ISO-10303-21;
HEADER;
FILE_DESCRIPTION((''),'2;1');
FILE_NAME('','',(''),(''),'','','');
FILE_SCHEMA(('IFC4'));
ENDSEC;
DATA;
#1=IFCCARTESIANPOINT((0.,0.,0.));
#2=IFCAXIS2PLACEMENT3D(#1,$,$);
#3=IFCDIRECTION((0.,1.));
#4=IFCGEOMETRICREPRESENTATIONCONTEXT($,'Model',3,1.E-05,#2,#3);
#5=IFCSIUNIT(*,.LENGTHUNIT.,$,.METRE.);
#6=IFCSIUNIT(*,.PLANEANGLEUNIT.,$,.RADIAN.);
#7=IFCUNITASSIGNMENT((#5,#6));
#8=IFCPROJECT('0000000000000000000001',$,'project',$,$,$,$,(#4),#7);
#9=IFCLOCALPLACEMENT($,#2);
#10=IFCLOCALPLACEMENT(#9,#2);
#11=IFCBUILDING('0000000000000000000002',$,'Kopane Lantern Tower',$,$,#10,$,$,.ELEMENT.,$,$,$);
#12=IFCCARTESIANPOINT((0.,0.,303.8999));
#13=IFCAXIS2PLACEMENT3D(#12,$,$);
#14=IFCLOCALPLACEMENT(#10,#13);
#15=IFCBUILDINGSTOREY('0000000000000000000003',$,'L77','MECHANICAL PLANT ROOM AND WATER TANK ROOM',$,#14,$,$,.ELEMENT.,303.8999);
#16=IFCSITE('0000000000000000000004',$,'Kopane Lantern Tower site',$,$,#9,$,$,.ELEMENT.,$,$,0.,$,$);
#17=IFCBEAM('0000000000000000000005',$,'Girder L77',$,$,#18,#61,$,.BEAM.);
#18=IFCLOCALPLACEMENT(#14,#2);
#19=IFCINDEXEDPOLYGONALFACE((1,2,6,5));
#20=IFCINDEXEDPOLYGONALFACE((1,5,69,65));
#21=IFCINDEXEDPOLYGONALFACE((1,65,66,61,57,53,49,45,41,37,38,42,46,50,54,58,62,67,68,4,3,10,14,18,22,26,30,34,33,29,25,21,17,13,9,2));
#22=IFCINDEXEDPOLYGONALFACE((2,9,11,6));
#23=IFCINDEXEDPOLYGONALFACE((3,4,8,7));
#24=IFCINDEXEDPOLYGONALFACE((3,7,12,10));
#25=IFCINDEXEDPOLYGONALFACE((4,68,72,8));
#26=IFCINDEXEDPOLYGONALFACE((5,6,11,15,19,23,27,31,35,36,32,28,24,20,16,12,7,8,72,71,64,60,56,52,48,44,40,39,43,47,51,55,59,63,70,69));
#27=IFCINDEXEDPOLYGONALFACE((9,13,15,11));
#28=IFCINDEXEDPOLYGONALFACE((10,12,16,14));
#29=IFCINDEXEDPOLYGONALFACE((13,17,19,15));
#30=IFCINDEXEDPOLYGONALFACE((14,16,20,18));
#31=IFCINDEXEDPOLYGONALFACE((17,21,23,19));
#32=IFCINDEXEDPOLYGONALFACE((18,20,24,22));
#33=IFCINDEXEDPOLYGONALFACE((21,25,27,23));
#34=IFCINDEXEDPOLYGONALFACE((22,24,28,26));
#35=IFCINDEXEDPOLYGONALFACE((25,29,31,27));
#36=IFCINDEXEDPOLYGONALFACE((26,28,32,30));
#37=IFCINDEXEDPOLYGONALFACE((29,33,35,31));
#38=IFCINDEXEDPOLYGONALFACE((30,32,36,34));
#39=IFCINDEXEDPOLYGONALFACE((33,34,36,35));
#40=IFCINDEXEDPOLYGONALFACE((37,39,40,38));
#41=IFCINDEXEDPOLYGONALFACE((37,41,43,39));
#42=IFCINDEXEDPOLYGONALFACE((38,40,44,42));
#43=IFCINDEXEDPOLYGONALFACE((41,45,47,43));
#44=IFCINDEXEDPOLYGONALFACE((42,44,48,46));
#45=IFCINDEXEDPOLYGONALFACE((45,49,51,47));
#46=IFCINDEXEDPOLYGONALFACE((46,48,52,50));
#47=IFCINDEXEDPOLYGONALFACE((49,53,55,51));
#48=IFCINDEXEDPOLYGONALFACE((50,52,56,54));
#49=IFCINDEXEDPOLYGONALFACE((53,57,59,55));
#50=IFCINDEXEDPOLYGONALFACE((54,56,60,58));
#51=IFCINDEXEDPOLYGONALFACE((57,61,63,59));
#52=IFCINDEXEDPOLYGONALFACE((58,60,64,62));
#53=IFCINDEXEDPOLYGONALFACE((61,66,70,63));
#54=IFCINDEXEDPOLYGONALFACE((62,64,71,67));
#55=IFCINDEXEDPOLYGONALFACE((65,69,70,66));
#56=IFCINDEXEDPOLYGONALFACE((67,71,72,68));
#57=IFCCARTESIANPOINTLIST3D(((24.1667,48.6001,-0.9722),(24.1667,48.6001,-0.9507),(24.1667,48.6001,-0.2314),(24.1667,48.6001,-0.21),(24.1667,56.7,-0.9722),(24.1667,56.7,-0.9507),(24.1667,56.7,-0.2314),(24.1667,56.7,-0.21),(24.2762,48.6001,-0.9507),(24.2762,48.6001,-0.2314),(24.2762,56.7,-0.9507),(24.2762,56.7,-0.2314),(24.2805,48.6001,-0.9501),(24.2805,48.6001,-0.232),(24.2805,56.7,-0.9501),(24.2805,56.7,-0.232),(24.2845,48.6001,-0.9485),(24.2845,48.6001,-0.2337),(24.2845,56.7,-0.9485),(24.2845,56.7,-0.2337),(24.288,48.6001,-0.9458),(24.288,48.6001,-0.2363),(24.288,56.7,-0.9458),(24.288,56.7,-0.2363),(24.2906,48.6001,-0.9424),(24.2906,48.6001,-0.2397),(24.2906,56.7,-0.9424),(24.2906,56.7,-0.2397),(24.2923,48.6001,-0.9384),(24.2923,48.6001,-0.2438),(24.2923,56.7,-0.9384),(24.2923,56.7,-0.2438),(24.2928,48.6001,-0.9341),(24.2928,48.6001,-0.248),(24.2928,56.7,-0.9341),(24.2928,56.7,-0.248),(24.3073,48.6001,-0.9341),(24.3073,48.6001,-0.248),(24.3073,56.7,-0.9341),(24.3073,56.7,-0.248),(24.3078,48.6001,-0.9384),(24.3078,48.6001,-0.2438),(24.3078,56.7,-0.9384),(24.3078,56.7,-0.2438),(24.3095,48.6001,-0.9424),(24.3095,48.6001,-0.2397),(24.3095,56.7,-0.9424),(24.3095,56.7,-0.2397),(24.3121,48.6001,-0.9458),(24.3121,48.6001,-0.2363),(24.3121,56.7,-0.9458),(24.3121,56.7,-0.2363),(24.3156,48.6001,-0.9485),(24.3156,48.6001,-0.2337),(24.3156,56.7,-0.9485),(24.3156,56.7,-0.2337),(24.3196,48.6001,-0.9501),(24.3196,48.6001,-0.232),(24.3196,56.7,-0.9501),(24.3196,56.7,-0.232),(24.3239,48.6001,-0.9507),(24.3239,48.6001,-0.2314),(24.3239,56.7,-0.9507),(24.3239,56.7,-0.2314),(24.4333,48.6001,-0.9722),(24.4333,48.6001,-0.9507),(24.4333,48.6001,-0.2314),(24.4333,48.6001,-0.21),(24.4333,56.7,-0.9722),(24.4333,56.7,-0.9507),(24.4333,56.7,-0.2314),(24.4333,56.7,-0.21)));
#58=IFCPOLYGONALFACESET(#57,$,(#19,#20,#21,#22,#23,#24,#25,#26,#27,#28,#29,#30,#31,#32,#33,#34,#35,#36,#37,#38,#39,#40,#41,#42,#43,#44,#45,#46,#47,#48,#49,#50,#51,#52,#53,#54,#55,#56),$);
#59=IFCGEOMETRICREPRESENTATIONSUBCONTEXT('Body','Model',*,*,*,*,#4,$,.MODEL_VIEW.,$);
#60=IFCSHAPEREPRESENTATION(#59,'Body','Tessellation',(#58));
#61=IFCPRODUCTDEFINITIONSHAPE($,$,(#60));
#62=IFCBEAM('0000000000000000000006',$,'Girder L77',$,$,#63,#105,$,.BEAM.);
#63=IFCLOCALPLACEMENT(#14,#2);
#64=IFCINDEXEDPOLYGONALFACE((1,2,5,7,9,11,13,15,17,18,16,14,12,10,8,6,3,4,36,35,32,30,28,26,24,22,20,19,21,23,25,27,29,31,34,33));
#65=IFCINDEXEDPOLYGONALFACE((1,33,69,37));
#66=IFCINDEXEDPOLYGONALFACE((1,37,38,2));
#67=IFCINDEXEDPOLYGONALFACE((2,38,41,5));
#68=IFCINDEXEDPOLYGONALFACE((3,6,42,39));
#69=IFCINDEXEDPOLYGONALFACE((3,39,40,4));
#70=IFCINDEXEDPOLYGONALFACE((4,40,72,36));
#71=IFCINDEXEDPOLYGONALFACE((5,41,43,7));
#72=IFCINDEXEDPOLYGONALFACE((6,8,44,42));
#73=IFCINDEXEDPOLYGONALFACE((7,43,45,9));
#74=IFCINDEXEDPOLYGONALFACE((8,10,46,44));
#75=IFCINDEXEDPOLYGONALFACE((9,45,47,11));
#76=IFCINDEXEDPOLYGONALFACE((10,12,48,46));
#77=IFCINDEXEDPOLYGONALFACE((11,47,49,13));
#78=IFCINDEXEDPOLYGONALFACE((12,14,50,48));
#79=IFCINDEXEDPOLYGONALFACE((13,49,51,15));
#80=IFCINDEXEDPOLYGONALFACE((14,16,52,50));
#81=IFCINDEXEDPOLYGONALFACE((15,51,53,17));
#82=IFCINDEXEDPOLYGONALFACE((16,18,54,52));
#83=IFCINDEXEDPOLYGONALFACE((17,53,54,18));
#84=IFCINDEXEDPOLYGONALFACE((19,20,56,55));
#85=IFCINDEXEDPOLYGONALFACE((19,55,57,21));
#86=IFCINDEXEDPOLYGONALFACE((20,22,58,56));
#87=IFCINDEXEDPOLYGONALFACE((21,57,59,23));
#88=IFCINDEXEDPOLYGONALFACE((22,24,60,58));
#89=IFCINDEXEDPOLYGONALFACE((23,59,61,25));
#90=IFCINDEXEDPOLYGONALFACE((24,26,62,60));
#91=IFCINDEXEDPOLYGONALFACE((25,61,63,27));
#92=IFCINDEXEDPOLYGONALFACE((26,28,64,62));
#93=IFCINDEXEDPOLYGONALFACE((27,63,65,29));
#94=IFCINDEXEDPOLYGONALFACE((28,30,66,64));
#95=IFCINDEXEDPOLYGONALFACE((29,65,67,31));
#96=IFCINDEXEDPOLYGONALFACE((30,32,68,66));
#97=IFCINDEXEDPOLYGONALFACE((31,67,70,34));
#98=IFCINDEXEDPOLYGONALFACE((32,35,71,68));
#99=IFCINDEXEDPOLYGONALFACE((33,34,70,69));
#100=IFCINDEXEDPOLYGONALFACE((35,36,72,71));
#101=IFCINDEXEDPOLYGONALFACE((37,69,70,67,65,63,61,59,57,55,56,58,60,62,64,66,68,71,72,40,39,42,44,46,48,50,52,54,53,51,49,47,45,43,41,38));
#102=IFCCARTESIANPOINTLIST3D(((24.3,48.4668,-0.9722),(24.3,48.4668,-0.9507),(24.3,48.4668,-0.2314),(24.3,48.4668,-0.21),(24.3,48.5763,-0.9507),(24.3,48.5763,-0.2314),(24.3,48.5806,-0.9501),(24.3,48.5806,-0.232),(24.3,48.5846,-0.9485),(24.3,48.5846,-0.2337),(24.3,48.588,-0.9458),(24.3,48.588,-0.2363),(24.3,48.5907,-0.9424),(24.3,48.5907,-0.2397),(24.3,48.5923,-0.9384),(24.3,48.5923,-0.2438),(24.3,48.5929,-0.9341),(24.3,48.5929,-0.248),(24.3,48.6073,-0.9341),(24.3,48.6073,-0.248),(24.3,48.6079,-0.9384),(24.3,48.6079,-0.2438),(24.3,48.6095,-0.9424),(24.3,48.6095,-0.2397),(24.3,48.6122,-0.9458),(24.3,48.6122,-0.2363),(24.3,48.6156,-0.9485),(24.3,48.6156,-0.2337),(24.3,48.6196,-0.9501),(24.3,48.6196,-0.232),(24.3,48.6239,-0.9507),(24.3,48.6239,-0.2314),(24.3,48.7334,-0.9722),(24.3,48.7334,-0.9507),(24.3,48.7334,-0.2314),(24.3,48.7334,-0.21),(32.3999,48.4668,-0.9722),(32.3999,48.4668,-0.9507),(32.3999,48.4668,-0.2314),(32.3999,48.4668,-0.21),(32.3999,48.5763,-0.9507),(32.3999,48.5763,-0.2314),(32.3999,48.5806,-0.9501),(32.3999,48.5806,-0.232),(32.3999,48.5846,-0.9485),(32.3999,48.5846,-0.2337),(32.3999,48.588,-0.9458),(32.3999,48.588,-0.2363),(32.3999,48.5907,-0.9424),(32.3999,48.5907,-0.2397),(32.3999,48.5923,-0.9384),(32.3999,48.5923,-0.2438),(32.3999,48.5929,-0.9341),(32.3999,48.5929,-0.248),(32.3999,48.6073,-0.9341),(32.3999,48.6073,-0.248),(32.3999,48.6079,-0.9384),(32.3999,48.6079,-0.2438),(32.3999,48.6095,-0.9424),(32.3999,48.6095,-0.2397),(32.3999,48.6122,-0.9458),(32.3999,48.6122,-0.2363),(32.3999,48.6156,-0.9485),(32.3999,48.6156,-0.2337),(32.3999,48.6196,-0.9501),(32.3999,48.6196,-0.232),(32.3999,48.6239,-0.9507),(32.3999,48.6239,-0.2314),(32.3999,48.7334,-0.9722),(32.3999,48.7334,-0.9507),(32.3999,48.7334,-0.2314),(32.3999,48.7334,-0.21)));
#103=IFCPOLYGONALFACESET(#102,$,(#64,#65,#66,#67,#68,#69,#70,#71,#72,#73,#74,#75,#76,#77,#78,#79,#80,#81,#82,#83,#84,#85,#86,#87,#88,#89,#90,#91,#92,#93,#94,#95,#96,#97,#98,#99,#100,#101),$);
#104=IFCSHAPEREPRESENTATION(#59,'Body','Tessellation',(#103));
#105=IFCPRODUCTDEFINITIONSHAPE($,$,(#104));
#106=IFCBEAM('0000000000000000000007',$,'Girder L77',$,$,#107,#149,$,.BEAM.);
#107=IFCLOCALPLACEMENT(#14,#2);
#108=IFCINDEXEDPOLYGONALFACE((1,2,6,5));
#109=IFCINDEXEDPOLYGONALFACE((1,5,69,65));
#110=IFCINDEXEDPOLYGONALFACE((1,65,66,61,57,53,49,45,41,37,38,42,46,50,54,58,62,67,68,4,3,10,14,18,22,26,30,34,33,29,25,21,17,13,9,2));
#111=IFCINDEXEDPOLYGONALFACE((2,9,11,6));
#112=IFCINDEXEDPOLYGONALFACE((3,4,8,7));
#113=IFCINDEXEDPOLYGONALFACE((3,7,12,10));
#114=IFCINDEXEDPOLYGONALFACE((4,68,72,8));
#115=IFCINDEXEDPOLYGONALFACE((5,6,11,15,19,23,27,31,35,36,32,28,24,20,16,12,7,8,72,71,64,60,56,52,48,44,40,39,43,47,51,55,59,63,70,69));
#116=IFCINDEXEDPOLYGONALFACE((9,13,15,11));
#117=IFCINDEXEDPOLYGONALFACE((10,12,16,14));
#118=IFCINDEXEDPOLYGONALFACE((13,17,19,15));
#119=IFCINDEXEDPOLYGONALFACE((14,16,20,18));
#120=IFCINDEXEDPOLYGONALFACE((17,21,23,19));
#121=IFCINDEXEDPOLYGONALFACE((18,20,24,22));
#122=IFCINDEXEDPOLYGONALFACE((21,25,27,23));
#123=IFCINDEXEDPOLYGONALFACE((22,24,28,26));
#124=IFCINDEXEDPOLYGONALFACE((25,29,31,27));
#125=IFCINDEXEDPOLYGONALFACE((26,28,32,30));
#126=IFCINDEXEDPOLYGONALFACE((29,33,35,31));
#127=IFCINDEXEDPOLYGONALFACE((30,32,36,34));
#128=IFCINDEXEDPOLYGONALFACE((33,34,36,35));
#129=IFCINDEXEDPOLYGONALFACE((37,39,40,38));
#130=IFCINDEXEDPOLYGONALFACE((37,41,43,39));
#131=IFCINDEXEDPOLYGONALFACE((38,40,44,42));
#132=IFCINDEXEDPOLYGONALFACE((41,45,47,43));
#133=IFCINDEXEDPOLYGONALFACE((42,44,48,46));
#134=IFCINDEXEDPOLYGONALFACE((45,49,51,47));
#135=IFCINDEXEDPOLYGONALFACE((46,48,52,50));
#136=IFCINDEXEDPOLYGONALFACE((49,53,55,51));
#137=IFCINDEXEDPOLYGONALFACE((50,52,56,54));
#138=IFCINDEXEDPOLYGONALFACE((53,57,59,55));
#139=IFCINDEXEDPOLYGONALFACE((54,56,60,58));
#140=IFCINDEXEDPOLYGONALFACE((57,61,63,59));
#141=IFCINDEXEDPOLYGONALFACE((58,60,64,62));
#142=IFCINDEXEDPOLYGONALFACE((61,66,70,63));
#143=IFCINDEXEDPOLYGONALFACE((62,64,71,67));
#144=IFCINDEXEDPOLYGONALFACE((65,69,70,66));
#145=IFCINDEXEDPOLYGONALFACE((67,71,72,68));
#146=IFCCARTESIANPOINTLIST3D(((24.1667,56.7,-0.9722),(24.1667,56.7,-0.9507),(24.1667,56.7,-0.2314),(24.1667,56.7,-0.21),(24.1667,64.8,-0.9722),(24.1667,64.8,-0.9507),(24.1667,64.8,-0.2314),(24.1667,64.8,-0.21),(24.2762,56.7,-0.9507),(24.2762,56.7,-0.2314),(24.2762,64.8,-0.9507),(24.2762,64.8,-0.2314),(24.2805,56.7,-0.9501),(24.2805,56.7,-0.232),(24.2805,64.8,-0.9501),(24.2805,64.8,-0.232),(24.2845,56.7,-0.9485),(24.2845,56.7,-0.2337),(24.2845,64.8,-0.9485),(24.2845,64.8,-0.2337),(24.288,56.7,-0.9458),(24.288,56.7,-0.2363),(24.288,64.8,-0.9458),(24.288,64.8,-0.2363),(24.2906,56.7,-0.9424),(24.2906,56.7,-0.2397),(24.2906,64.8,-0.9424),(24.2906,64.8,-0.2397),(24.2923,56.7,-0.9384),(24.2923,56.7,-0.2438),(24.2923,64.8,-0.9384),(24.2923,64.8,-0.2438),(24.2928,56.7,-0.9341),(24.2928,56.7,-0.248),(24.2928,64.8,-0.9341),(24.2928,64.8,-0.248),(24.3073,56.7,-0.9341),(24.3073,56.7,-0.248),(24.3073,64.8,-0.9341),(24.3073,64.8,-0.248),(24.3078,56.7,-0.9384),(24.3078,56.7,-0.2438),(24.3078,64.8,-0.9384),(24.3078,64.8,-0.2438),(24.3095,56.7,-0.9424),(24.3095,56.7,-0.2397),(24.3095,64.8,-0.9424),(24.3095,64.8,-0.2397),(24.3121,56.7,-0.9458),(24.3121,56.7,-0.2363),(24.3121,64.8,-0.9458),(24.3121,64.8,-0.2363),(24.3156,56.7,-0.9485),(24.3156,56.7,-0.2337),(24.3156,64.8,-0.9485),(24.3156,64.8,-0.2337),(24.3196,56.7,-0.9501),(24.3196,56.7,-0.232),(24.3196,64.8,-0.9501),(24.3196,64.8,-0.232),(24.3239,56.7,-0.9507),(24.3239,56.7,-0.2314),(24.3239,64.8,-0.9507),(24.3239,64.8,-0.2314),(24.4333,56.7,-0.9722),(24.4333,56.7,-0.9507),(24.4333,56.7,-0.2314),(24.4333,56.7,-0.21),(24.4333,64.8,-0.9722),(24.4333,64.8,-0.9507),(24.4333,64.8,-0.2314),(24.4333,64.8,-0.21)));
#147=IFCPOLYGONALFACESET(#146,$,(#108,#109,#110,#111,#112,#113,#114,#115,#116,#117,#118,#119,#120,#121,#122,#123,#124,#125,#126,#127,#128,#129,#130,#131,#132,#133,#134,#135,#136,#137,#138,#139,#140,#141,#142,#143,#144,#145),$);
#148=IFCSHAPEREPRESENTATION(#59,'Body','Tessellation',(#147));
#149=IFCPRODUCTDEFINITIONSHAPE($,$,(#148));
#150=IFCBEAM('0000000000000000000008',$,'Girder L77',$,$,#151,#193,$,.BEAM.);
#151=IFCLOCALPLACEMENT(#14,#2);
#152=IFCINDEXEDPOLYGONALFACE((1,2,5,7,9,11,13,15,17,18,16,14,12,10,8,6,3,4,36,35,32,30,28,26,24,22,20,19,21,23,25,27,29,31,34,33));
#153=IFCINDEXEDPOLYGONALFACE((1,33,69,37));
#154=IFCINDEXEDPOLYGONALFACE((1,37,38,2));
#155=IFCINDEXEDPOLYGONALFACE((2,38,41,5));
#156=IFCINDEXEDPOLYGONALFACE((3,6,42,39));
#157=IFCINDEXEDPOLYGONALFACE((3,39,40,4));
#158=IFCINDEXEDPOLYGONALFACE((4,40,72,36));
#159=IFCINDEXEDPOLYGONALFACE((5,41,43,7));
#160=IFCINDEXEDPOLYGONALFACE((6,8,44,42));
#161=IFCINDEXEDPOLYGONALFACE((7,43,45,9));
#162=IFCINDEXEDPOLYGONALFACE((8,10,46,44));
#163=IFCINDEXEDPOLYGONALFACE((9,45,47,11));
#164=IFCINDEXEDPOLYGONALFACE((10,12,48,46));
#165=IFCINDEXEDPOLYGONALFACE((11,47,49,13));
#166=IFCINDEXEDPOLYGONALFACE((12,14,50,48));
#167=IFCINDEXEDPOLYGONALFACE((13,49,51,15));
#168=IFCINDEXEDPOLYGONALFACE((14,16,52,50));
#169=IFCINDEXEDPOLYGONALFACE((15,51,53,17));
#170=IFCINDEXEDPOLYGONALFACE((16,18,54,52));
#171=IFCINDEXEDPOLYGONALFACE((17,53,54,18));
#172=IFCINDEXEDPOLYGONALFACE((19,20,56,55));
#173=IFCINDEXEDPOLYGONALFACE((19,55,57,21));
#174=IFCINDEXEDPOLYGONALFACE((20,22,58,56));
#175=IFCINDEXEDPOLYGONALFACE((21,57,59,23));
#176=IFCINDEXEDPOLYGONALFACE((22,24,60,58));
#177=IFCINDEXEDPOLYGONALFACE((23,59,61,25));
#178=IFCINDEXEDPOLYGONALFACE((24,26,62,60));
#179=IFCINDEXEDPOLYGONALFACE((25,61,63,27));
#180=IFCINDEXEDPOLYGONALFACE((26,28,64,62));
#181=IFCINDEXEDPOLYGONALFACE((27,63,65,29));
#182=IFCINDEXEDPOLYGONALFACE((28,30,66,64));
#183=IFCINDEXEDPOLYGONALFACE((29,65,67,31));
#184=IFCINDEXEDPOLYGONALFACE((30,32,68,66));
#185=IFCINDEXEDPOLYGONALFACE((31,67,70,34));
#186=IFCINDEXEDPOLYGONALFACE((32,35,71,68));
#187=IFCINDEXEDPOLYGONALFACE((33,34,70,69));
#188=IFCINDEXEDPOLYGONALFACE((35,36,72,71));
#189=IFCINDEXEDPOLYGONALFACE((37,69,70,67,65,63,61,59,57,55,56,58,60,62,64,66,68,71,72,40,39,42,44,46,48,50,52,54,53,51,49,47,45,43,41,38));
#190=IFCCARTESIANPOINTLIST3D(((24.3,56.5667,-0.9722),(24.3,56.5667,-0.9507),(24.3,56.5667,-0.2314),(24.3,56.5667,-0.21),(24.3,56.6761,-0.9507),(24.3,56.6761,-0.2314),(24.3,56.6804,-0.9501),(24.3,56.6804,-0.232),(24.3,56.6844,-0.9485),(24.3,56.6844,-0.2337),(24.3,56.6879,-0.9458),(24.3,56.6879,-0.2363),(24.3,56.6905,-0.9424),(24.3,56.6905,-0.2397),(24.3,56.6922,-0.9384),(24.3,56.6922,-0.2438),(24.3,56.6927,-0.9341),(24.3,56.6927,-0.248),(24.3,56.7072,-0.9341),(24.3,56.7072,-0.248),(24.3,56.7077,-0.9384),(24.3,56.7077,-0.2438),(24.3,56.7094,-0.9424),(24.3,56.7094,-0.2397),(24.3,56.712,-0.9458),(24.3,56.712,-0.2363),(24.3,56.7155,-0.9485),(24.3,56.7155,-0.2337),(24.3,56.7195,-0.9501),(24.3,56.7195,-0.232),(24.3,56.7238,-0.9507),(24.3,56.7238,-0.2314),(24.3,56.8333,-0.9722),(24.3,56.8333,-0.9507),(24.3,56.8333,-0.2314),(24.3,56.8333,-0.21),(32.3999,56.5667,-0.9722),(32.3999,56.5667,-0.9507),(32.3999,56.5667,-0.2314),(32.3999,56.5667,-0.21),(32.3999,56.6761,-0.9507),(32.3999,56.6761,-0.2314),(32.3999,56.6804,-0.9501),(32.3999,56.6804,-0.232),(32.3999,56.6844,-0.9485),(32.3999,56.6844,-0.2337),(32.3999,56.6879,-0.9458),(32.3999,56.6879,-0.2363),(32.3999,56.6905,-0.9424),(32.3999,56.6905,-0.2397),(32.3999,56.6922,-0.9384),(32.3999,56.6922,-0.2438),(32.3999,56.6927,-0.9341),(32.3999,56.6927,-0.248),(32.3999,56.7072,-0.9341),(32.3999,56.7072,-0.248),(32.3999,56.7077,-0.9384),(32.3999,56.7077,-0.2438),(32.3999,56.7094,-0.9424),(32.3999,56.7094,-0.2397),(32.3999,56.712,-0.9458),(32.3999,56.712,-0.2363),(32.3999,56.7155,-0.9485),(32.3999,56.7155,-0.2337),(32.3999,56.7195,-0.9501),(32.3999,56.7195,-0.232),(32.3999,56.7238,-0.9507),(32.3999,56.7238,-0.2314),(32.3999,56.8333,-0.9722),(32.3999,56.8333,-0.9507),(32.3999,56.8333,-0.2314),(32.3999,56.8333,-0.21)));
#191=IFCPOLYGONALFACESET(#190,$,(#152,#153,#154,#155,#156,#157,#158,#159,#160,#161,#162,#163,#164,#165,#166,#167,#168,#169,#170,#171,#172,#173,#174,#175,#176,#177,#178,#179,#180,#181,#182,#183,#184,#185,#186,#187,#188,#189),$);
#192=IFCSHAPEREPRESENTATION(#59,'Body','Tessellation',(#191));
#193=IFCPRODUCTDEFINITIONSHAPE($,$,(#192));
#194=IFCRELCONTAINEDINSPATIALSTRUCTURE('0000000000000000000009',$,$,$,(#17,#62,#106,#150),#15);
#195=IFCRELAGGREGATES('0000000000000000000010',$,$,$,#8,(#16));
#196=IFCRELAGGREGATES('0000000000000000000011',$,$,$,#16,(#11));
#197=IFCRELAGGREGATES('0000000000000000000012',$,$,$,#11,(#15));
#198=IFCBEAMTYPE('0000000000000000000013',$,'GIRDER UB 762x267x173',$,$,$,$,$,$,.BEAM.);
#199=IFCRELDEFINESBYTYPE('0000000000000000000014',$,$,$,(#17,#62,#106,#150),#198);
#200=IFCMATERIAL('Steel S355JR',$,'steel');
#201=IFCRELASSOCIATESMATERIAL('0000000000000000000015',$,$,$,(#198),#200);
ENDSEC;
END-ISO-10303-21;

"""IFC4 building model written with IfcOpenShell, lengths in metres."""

from ifc_helpers import new_model, si_unit, direction, frame, origin, origin_2d, place, context, subcontext, project, spatial, i_section, extrude, material, material_profile, profile_set, type_object, element, save


model = new_model("IFC4")

# Units and contexts
model_context = context("Model", 3, precision=1e-05, world=origin(), true_north=direction((0.0, 1.0)))
body_context = subcontext(model_context, "Body", "Model", "MODEL_VIEW")
ifc_project = project(units=[si_unit("LENGTHUNIT", "METRE"), si_unit("PLANEANGLEUNIT", "RADIAN")], contexts=[model_context])

# Site, building, storey
site_placement = place(None, origin())
site = spatial("IfcSite", under=ifc_project, at=site_placement, Name="Kopane Lantern Tower site", CompositionType="ELEMENT", RefElevation=0.0)
building_placement = place(site_placement, origin())
building = spatial("IfcBuilding", under=site, at=building_placement, Name="Kopane Lantern Tower", CompositionType="ELEMENT")
storey_placement = place(building_placement, frame((0.0, 0.0, 303.8999)))
storey = spatial("IfcBuildingStorey", under=building, at=storey_placement, Name="L77", Description="MECHANICAL PLANT ROOM AND WATER TANK ROOM", CompositionType="ELEMENT", Elevation=303.8999)

# Beams
ifc_material_1 = material(Name="Steel S355JR", Category="steel")
ifc_material_profile_1 = material_profile(ifc_material_1, i_section(OverallWidth=0.2666, OverallDepth=0.7622, WebThickness=0.0144, FlangeThickness=0.0215, FilletRadius=0.0166, at=origin_2d()), Name="UB 762x267x173")
ifc_profile_set_1 = profile_set([ifc_material_profile_1], Name="Steel S355JR")
beam_type_1 = type_object("IfcBeamType", Name="GIRDER UB 762x267x173", PredefinedType="BEAM", material=ifc_profile_set_1)
for number, where, z_axis, x_axis, name in (
    (1, (24.3, 48.6001, -0.5911), (0.0, 1.0, 0.0), (-1.0, 0.0, 0.0), "Girder L77"),
    (2, (24.3, 48.6001, -0.5911), (1.0, 0.0, 0.0), (0.0, 1.0, 0.0), "Girder L77"),
):
    element("IfcBeam", number, at=place(storey_placement, frame(where, z_axis=z_axis, x_axis=x_axis)), inside=storey, type_object=beam_type_1, Name=name, PredefinedType="BEAM", context=body_context, shape_type="SweptSolid", body=[
        extrude(i_section(OverallWidth=0.2666, OverallDepth=0.7622, WebThickness=0.0144, FlangeThickness=0.0215, FilletRadius=0.0166, at=origin_2d()), origin(), (0.0, 0.0, 1.0), 8.0999),
    ])
beam_1_placement = place(storey_placement, frame((24.3, 56.7, -0.5911), z_axis=(0.0, 1.0, 0.0), x_axis=(-1.0, 0.0, 0.0)))
element("IfcBeam", 3, at=beam_1_placement, inside=storey, type_object=beam_type_1, Name="Girder L77", PredefinedType="BEAM", context=body_context, shape_type="SweptSolid", body=[
    extrude(i_section(OverallWidth=0.2666, OverallDepth=0.7622, WebThickness=0.0144, FlangeThickness=0.0215, FilletRadius=0.0166, at=origin_2d()), origin(), (0.0, 0.0, 1.0), 8.1001),
])
beam_2_placement = place(storey_placement, frame((24.3, 56.7, -0.5911), z_axis=(1.0, 0.0, 0.0), x_axis=(0.0, 1.0, 0.0)))
element("IfcBeam", 4, at=beam_2_placement, inside=storey, type_object=beam_type_1, Name="Girder L77", PredefinedType="BEAM", context=body_context, shape_type="SweptSolid", body=[
    extrude(i_section(OverallWidth=0.2666, OverallDepth=0.7622, WebThickness=0.0144, FlangeThickness=0.0215, FilletRadius=0.0166, at=origin_2d()), origin(), (0.0, 0.0, 1.0), 8.0999),
])

save(model, "model.ifc")
